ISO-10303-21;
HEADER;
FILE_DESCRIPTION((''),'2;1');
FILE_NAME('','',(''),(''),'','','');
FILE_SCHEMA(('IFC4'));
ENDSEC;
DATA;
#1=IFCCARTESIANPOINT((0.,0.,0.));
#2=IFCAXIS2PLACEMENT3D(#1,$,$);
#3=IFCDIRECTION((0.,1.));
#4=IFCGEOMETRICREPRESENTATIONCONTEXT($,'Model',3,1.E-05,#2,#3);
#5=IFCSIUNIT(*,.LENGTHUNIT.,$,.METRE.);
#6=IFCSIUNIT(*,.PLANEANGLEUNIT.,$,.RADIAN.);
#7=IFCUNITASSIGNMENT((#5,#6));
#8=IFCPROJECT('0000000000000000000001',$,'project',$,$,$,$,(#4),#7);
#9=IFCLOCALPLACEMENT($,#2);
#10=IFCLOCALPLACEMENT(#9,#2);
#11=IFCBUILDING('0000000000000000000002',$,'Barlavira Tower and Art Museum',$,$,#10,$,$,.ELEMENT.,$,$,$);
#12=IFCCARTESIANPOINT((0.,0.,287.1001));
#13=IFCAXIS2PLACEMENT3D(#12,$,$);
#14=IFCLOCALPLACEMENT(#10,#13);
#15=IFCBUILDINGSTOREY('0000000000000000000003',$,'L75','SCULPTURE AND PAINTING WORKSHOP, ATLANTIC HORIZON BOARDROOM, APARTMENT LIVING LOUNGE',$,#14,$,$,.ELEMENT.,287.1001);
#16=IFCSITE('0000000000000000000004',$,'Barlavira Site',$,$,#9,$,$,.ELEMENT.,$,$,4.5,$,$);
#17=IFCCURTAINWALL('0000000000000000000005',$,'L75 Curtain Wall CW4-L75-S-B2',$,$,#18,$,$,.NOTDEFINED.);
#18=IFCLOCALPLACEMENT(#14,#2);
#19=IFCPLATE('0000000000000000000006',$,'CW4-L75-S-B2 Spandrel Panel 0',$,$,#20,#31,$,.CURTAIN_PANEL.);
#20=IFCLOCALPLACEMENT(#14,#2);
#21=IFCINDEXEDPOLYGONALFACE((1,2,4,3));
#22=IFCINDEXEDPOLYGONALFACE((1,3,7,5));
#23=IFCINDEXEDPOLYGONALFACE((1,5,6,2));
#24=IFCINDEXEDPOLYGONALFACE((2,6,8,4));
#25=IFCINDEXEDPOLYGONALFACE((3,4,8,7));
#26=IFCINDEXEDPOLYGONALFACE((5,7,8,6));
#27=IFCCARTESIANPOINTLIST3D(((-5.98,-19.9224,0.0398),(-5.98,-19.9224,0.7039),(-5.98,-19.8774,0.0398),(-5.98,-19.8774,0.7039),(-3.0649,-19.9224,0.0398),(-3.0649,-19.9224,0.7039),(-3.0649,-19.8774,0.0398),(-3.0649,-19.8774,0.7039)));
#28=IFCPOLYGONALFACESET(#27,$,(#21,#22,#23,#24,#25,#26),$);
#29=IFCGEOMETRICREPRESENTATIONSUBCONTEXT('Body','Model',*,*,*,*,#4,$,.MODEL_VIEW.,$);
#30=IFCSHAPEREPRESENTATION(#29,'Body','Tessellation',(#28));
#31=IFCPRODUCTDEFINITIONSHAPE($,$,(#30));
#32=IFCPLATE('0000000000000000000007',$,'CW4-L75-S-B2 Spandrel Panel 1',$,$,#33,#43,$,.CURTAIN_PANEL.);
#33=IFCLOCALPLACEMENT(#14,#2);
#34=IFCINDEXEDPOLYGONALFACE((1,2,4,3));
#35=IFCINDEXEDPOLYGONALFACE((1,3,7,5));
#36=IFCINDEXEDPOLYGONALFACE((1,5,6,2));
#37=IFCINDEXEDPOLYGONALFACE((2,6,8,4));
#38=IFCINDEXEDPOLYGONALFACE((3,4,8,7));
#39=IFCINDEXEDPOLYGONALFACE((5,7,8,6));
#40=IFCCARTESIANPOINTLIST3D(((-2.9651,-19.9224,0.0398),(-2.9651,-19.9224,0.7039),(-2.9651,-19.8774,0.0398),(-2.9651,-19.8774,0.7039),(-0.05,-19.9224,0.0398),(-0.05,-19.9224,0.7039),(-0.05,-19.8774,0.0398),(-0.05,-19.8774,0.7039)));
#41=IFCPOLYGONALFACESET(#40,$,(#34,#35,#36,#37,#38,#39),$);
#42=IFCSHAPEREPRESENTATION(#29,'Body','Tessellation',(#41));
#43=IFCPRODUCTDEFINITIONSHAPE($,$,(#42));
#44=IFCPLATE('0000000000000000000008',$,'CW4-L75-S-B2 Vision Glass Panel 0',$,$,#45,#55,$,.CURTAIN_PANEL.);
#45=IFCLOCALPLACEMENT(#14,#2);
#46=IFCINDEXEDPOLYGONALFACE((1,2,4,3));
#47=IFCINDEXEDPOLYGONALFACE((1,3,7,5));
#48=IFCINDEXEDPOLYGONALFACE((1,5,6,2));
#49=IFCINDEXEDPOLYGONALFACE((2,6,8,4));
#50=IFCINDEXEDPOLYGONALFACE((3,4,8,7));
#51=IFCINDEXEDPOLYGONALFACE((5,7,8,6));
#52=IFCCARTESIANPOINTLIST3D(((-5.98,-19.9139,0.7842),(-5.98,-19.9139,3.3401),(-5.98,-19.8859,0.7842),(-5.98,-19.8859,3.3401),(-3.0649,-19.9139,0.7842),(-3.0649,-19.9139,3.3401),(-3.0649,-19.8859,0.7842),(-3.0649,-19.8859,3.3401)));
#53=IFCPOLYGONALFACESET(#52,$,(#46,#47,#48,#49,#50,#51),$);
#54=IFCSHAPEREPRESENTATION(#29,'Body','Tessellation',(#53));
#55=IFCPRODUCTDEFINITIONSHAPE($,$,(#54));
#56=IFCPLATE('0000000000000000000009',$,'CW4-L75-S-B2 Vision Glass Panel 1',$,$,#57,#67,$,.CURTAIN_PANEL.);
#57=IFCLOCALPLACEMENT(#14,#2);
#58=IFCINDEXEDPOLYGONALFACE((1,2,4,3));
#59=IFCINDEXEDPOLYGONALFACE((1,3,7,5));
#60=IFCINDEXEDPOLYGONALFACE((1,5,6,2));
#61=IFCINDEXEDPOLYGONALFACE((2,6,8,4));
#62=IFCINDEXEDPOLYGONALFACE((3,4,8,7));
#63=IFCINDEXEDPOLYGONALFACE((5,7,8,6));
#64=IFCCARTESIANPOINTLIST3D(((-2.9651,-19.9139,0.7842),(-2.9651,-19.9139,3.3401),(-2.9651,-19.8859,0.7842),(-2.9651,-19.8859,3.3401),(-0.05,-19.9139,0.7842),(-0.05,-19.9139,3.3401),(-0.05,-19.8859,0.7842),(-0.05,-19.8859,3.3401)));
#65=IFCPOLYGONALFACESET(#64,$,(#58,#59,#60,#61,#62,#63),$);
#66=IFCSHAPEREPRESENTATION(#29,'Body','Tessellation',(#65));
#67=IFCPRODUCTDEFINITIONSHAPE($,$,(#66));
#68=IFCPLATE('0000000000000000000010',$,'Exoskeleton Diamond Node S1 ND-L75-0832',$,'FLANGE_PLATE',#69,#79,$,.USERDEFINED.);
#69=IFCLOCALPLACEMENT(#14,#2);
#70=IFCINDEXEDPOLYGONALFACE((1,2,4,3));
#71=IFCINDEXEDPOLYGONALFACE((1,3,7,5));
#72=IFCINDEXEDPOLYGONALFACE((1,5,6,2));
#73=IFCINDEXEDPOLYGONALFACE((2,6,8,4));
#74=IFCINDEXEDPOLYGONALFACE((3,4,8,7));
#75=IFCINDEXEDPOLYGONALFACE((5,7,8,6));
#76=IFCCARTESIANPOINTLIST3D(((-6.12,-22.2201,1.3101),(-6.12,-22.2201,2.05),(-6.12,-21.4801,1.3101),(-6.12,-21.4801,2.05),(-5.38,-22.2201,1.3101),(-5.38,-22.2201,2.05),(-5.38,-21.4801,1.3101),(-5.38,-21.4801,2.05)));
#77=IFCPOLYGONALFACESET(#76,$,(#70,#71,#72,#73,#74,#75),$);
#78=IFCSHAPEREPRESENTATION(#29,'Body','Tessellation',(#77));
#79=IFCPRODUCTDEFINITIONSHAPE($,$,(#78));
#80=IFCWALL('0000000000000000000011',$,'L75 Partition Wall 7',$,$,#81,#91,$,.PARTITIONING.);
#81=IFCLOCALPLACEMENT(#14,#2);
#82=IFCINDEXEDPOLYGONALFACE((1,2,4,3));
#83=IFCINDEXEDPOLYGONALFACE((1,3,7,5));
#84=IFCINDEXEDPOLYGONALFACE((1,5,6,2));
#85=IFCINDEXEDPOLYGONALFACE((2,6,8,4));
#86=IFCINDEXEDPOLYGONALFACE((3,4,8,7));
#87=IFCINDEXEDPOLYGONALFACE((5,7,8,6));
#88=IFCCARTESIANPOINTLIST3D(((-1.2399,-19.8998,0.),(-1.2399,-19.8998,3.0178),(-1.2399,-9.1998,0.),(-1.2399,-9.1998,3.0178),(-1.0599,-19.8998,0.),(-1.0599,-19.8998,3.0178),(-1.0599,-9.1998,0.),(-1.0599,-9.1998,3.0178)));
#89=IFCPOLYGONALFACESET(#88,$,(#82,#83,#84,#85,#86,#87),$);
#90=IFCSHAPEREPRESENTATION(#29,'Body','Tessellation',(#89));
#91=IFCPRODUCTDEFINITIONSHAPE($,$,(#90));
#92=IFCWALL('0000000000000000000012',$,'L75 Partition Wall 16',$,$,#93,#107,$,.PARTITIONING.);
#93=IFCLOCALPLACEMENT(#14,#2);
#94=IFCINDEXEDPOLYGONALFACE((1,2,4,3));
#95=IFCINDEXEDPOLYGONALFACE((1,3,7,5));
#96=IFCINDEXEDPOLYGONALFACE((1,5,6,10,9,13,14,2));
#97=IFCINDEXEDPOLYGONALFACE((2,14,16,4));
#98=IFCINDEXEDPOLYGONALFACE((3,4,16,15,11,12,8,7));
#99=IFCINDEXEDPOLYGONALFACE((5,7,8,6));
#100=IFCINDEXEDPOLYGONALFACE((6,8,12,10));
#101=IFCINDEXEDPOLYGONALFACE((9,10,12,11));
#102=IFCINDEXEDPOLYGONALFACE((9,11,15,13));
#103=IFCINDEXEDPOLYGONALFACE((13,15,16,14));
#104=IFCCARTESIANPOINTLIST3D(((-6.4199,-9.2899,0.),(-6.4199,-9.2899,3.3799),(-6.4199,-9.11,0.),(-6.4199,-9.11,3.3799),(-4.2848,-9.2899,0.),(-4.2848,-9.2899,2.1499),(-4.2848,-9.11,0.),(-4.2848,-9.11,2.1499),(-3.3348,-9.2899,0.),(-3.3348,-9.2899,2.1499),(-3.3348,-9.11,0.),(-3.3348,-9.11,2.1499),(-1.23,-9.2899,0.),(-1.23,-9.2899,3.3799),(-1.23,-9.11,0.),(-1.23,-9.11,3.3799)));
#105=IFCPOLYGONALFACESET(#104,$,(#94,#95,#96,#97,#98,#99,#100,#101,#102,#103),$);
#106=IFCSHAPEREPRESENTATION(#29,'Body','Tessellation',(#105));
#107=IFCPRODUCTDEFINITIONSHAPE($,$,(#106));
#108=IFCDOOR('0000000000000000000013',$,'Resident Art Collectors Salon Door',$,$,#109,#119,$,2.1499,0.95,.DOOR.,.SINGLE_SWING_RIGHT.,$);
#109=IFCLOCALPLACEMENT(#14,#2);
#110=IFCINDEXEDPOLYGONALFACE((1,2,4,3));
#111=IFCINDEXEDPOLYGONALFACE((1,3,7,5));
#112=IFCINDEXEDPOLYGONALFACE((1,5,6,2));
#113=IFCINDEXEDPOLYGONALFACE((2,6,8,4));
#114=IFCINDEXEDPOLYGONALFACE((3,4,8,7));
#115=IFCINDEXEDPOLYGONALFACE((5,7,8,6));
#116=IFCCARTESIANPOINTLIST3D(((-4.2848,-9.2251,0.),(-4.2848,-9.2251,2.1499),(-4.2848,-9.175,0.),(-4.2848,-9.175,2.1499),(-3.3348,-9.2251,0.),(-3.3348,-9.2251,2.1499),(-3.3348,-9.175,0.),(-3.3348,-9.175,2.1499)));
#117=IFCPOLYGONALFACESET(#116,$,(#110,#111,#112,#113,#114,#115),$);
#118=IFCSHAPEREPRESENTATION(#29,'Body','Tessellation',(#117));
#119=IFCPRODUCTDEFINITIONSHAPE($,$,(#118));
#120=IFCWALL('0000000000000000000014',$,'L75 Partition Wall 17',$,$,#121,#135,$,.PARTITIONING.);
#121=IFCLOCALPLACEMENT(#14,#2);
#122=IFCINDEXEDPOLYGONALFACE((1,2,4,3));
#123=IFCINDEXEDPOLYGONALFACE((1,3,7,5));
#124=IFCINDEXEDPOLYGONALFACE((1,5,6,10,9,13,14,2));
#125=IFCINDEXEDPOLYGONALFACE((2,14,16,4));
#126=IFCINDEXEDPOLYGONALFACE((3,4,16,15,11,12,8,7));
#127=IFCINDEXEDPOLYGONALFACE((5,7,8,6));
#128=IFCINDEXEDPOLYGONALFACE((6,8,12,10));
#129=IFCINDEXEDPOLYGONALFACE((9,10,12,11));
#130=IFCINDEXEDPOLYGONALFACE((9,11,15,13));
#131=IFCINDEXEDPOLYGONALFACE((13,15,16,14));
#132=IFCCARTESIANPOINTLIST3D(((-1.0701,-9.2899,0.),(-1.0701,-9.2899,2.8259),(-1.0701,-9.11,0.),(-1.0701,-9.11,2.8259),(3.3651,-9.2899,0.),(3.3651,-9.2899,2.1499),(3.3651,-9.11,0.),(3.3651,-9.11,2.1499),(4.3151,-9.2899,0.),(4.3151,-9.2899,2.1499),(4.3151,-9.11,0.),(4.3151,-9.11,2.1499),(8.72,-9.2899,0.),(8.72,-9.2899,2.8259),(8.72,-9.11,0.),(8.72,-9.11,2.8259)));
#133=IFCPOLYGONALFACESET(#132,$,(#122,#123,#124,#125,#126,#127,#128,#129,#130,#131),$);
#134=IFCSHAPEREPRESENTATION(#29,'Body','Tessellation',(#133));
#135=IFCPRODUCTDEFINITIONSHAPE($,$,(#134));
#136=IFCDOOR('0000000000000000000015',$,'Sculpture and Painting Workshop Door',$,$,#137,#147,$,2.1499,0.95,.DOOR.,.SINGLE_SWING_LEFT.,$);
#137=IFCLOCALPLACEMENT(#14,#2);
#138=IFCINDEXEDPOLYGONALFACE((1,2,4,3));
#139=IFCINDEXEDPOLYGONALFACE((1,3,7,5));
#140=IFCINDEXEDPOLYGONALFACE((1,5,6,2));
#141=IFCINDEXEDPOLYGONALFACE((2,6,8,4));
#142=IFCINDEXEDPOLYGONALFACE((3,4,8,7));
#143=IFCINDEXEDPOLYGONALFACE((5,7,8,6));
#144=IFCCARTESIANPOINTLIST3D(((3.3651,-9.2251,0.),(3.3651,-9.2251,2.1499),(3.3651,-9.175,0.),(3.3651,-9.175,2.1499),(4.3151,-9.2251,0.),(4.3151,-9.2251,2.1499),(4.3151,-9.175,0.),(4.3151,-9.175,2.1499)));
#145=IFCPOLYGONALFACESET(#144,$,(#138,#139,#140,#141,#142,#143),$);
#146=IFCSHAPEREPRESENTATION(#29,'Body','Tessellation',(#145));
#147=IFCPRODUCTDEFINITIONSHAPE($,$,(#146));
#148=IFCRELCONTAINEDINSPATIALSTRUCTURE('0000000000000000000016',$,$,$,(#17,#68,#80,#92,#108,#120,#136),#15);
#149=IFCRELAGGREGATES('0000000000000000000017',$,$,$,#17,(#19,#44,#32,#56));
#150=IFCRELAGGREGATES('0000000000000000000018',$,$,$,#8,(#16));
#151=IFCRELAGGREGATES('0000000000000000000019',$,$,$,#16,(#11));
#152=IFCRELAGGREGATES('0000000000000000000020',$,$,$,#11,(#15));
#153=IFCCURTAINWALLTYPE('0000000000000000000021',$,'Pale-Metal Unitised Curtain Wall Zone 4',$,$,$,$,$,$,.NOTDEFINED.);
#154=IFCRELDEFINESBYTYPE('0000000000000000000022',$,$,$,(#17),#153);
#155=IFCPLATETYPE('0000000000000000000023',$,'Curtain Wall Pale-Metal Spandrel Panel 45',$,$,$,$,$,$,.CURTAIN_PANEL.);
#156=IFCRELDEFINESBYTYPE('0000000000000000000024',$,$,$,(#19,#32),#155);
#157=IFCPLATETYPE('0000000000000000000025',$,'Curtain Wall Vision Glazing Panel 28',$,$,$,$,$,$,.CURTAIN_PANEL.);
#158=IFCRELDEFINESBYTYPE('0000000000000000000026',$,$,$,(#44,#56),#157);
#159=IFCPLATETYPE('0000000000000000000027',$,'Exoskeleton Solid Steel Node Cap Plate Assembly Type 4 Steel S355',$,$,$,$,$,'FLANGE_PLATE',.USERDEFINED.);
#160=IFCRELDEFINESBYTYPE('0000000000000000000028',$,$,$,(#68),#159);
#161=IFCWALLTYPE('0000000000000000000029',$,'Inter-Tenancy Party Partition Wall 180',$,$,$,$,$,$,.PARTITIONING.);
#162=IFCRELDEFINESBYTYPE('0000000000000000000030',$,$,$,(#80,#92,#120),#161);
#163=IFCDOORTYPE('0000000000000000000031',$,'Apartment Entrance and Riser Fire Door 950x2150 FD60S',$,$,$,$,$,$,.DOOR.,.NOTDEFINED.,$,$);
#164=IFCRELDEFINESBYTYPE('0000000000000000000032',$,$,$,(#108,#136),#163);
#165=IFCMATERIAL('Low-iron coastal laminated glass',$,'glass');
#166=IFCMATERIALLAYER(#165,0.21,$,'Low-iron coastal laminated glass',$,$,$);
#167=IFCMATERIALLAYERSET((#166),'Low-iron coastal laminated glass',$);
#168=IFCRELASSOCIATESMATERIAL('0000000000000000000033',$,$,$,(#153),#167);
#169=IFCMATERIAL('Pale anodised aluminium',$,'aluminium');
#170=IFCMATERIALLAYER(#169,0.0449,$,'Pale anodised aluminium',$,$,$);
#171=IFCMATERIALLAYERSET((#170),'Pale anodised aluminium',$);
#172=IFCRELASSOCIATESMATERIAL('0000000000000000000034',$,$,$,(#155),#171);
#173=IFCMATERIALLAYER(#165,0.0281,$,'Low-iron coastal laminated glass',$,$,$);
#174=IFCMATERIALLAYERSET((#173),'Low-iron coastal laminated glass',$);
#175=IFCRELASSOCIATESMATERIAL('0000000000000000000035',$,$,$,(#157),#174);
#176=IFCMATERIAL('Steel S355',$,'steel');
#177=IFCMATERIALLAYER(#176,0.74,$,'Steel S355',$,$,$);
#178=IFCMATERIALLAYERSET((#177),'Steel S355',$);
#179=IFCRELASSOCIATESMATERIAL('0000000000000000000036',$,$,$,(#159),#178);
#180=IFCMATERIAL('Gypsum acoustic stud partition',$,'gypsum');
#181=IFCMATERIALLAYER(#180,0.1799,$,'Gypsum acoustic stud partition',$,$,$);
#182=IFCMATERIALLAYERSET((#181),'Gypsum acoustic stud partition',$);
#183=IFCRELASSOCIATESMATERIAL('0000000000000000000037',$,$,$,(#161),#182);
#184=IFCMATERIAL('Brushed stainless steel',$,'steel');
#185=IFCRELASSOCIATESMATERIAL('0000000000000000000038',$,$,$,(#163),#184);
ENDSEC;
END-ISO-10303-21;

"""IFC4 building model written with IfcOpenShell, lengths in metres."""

from ifc_helpers import new_model, si_unit, direction, frame, frame_2d, origin, origin_2d, place, context, subcontext, project, spatial, rectangle, extrude, material, layer, layer_set, type_object, element, fill, aggregate, save


model = new_model("IFC4")

# Units and contexts
model_context = context("Model", 3, precision=1e-05, world=origin(), true_north=direction((0.0, 1.0)))
body_context = subcontext(model_context, "Body", "Model", "MODEL_VIEW")
ifc_project = project(units=[si_unit("LENGTHUNIT", "METRE"), si_unit("PLANEANGLEUNIT", "RADIAN")], contexts=[model_context])

# Site, building, storey
site_placement = place(None, origin())
site = spatial("IfcSite", under=ifc_project, at=site_placement, Name="Barlavira Site", CompositionType="ELEMENT", RefElevation=4.5)
building_placement = place(site_placement, origin())
building = spatial("IfcBuilding", under=site, at=building_placement, Name="Barlavira Tower and Art Museum", CompositionType="ELEMENT")
storey_placement = place(building_placement, frame((0.0, 0.0, 287.1001)))
storey = spatial("IfcBuildingStorey", under=building, at=storey_placement, Name="L75", Description="SCULPTURE AND PAINTING WORKSHOP, ATLANTIC HORIZON BOARDROOM, APARTMENT LIVING LOUNGE", CompositionType="ELEMENT", Elevation=287.1001)

# Curtain wall
ifc_material_1 = material(Name="Low-iron coastal laminated glass", Category="glass")
ifc_layer_1 = layer(ifc_material_1, 0.21, Name="Low-iron coastal laminated glass")
ifc_layer_set_1 = layer_set([ifc_layer_1], Name="Low-iron coastal laminated glass")
curtain_wall_type = type_object("IfcCurtainWallType", Name="Pale-Metal Unitised Curtain Wall Zone 4", PredefinedType="NOTDEFINED", material=ifc_layer_set_1)
curtain_wall_placement = place(storey_placement, origin())
curtain_wall = element("IfcCurtainWall", 1, at=curtain_wall_placement, inside=storey, type_object=curtain_wall_type, Name="L75 Curtain Wall CW4-L75-S-B2", PredefinedType="NOTDEFINED")
ifc_material_2 = material(Name="Pale anodised aluminium", Category="aluminium")

# Shared definitions
ifc_material_3 = material(Name="Steel S355", Category="steel")

# Plates
ifc_layer_2 = layer(ifc_material_2, 0.0449, Name="Pale anodised aluminium")
ifc_layer_set_2 = layer_set([ifc_layer_2], Name="Pale anodised aluminium")
plate_type_1 = type_object("IfcPlateType", Name="Curtain Wall Pale-Metal Spandrel Panel 45", PredefinedType="CURTAIN_PANEL", material=ifc_layer_set_2)
plate_1_placement = place(storey_placement, frame((-4.5225, -19.8999, 0.0398), z_axis=(0.0, 0.0, 1.0), x_axis=(1.0, 0.0, 0.0)))
plate_1 = element("IfcPlate", 2, at=plate_1_placement, type_object=plate_type_1, Name="CW4-L75-S-B2 Spandrel Panel 0", PredefinedType="CURTAIN_PANEL", context=body_context, shape_type="SweptSolid", body=[
    extrude(rectangle(XDim=2.915, YDim=0.0449, at=origin_2d()), origin(), (0.0, 0.0, 1.0), 0.6641),
])
plate_2_placement = place(storey_placement, frame((-1.5076, -19.8999, 0.0398), z_axis=(0.0, 0.0, 1.0), x_axis=(1.0, 0.0, 0.0)))
plate_2 = element("IfcPlate", 3, at=plate_2_placement, type_object=plate_type_1, Name="CW4-L75-S-B2 Spandrel Panel 1", PredefinedType="CURTAIN_PANEL", context=body_context, shape_type="SweptSolid", body=[
    extrude(rectangle(XDim=2.915, YDim=0.0449, at=origin_2d()), origin(), (0.0, 0.0, 1.0), 0.6641),
])
ifc_layer_3 = layer(ifc_material_1, 0.0281, Name="Low-iron coastal laminated glass")
ifc_layer_set_3 = layer_set([ifc_layer_3], Name="Low-iron coastal laminated glass")
plate_type_2 = type_object("IfcPlateType", Name="Curtain Wall Vision Glazing Panel 28", PredefinedType="CURTAIN_PANEL", material=ifc_layer_set_3)
plate_3_placement = place(storey_placement, frame((-4.5225, -19.8999, 0.7842), z_axis=(0.0, 0.0, 1.0), x_axis=(1.0, 0.0, 0.0)))
plate_3 = element("IfcPlate", 4, at=plate_3_placement, type_object=plate_type_2, Name="CW4-L75-S-B2 Vision Glass Panel 0", PredefinedType="CURTAIN_PANEL", context=body_context, shape_type="SweptSolid", body=[
    extrude(rectangle(XDim=2.915, YDim=0.0281, at=origin_2d()), origin(), (0.0, 0.0, 1.0), 2.5559),
])
plate_4_placement = place(storey_placement, frame((-1.5076, -19.8999, 0.7842), z_axis=(0.0, 0.0, 1.0), x_axis=(1.0, 0.0, 0.0)))
plate_4 = element("IfcPlate", 5, at=plate_4_placement, type_object=plate_type_2, Name="CW4-L75-S-B2 Vision Glass Panel 1", PredefinedType="CURTAIN_PANEL", context=body_context, shape_type="SweptSolid", body=[
    extrude(rectangle(XDim=2.915, YDim=0.0281, at=origin_2d()), origin(), (0.0, 0.0, 1.0), 2.5559),
])
aggregate(curtain_wall, [plate_1, plate_3, plate_2, plate_4])
ifc_layer_4 = layer(ifc_material_3, 0.74, Name="Steel S355")
ifc_layer_set_4 = layer_set([ifc_layer_4], Name="Steel S355")
plate_type_3 = type_object("IfcPlateType", Name="Exoskeleton Solid Steel Node Cap Plate Assembly Type 4 Steel S355", ElementType="FLANGE_PLATE", PredefinedType="USERDEFINED", material=ifc_layer_set_4)
plate_5_placement = place(storey_placement, frame((-5.75, -21.8501, 1.3101), z_axis=(0.0, 0.0, 1.0), x_axis=(1.0, 0.0, 0.0)))
element("IfcPlate", 6, at=plate_5_placement, inside=storey, type_object=plate_type_3, Name="Exoskeleton Diamond Node S1 ND-L75-0832", ObjectType="FLANGE_PLATE", PredefinedType="USERDEFINED", context=body_context, shape_type="SweptSolid", body=[
    extrude(rectangle(XDim=0.74, YDim=0.74, at=origin_2d()), origin(), (0.0, 0.0, 1.0), 0.74),
])

# Wall
ifc_material_4 = material(Name="Gypsum acoustic stud partition", Category="gypsum")
ifc_layer_5 = layer(ifc_material_4, 0.1799, Name="Gypsum acoustic stud partition")
ifc_layer_set_5 = layer_set([ifc_layer_5], Name="Gypsum acoustic stud partition")
wall_type = type_object("IfcWallType", Name="Inter-Tenancy Party Partition Wall 180", PredefinedType="PARTITIONING", material=ifc_layer_set_5)
wall_1_placement = place(storey_placement, frame((-1.1499, -19.8999, 0.0), z_axis=(0.0, 0.0, 1.0), x_axis=(0.0, 1.0, 0.0)))
element("IfcWall", 7, at=wall_1_placement, inside=storey, type_object=wall_type, Name="L75 Partition Wall 7", PredefinedType="PARTITIONING", context=body_context, shape_type="SweptSolid", body=[
    extrude(rectangle(XDim=10.7, YDim=0.1799, at=frame_2d((5.3501, 0.0))), origin(), (0.0, 0.0, 1.0), 3.0178),
])

# Walls, openings, doors
wall_2_placement = place(storey_placement, frame((-6.4199, -9.2, 0.0), z_axis=(0.0, 0.0, 1.0), x_axis=(1.0, 0.0, 0.0)))
wall_2 = element("IfcWall", 8, at=wall_2_placement, inside=storey, type_object=wall_type, Name="L75 Partition Wall 16", PredefinedType="PARTITIONING", context=body_context, shape_type="SweptSolid", body=[
    extrude(rectangle(XDim=5.1899, YDim=0.1799, at=frame_2d((2.595, 0.0))), origin(), (0.0, 0.0, 1.0), 3.3799),
])
opening_1_placement = place(wall_2_placement, frame((2.135, 0.0, 0.0)))
opening_1 = element("IfcOpeningElement", 9, at=opening_1_placement, cuts=wall_2, PredefinedType="OPENING", context=body_context, shape_type="SweptSolid", body=[
    extrude(rectangle(XDim=0.95, YDim=2.1499, at=frame_2d((0.4751, 1.075))), frame((0.0, 0.1001, 0.0), z_axis=(0.0, -1.0, 0.0), x_axis=(1.0, 0.0, 0.0)), (0.0, 0.0, 1.0), 0.2),
])
ifc_material_5 = material(Name="Brushed stainless steel", Category="steel")
door_type = type_object("IfcDoorType", Name="Apartment Entrance and Riser Fire Door 950x2150 FD60S", OperationType="NOTDEFINED", PredefinedType="DOOR", material=ifc_material_5)
door_1_placement = place(opening_1_placement, origin())
door_1 = element("IfcDoor", 10, at=door_1_placement, inside=storey, type_object=door_type, Name="Resident Art Collectors Salon Door", OperationType="SINGLE_SWING_RIGHT", OverallHeight=2.1499, OverallWidth=0.95, PredefinedType="DOOR", context=body_context, shape_type="SweptSolid", body=[
    extrude(rectangle(XDim=0.95, YDim=2.1499, at=frame_2d((0.4751, 1.075))), frame((0.0, 0.0249, 0.0), z_axis=(0.0, -1.0, 0.0), x_axis=(1.0, 0.0, 0.0)), (0.0, 0.0, 1.0), 0.05),
])
fill(opening_1, door_1)
wall_3_placement = place(storey_placement, frame((-1.0701, -9.2, 0.0), z_axis=(0.0, 0.0, 1.0), x_axis=(1.0, 0.0, 0.0)))
wall_3 = element("IfcWall", 11, at=wall_3_placement, inside=storey, type_object=wall_type, Name="L75 Partition Wall 17", PredefinedType="PARTITIONING", context=body_context, shape_type="SweptSolid", body=[
    extrude(rectangle(XDim=9.79, YDim=0.1799, at=frame_2d((4.895, 0.0))), origin(), (0.0, 0.0, 1.0), 2.8259),
])
opening_2_placement = place(wall_3_placement, frame((4.4351, 0.0, 0.0)))
opening_2 = element("IfcOpeningElement", 12, at=opening_2_placement, cuts=wall_3, PredefinedType="OPENING", context=body_context, shape_type="SweptSolid", body=[
    extrude(rectangle(XDim=0.95, YDim=2.1499, at=frame_2d((0.4751, 1.075))), frame((0.0, 0.1001, 0.0), z_axis=(0.0, -1.0, 0.0), x_axis=(1.0, 0.0, 0.0)), (0.0, 0.0, 1.0), 0.2),
])
door_2_placement = place(opening_2_placement, origin())
door_2 = element("IfcDoor", 13, at=door_2_placement, inside=storey, type_object=door_type, Name="Sculpture and Painting Workshop Door", OperationType="SINGLE_SWING_LEFT", OverallHeight=2.1499, OverallWidth=0.95, PredefinedType="DOOR", context=body_context, shape_type="SweptSolid", body=[
    extrude(rectangle(XDim=0.95, YDim=2.1499, at=frame_2d((0.4751, 1.075))), frame((0.0, 0.0249, 0.0), z_axis=(0.0, -1.0, 0.0), x_axis=(1.0, 0.0, 0.0)), (0.0, 0.0, 1.0), 0.05),
])
fill(opening_2, door_2)

save(model, "model.ifc")
